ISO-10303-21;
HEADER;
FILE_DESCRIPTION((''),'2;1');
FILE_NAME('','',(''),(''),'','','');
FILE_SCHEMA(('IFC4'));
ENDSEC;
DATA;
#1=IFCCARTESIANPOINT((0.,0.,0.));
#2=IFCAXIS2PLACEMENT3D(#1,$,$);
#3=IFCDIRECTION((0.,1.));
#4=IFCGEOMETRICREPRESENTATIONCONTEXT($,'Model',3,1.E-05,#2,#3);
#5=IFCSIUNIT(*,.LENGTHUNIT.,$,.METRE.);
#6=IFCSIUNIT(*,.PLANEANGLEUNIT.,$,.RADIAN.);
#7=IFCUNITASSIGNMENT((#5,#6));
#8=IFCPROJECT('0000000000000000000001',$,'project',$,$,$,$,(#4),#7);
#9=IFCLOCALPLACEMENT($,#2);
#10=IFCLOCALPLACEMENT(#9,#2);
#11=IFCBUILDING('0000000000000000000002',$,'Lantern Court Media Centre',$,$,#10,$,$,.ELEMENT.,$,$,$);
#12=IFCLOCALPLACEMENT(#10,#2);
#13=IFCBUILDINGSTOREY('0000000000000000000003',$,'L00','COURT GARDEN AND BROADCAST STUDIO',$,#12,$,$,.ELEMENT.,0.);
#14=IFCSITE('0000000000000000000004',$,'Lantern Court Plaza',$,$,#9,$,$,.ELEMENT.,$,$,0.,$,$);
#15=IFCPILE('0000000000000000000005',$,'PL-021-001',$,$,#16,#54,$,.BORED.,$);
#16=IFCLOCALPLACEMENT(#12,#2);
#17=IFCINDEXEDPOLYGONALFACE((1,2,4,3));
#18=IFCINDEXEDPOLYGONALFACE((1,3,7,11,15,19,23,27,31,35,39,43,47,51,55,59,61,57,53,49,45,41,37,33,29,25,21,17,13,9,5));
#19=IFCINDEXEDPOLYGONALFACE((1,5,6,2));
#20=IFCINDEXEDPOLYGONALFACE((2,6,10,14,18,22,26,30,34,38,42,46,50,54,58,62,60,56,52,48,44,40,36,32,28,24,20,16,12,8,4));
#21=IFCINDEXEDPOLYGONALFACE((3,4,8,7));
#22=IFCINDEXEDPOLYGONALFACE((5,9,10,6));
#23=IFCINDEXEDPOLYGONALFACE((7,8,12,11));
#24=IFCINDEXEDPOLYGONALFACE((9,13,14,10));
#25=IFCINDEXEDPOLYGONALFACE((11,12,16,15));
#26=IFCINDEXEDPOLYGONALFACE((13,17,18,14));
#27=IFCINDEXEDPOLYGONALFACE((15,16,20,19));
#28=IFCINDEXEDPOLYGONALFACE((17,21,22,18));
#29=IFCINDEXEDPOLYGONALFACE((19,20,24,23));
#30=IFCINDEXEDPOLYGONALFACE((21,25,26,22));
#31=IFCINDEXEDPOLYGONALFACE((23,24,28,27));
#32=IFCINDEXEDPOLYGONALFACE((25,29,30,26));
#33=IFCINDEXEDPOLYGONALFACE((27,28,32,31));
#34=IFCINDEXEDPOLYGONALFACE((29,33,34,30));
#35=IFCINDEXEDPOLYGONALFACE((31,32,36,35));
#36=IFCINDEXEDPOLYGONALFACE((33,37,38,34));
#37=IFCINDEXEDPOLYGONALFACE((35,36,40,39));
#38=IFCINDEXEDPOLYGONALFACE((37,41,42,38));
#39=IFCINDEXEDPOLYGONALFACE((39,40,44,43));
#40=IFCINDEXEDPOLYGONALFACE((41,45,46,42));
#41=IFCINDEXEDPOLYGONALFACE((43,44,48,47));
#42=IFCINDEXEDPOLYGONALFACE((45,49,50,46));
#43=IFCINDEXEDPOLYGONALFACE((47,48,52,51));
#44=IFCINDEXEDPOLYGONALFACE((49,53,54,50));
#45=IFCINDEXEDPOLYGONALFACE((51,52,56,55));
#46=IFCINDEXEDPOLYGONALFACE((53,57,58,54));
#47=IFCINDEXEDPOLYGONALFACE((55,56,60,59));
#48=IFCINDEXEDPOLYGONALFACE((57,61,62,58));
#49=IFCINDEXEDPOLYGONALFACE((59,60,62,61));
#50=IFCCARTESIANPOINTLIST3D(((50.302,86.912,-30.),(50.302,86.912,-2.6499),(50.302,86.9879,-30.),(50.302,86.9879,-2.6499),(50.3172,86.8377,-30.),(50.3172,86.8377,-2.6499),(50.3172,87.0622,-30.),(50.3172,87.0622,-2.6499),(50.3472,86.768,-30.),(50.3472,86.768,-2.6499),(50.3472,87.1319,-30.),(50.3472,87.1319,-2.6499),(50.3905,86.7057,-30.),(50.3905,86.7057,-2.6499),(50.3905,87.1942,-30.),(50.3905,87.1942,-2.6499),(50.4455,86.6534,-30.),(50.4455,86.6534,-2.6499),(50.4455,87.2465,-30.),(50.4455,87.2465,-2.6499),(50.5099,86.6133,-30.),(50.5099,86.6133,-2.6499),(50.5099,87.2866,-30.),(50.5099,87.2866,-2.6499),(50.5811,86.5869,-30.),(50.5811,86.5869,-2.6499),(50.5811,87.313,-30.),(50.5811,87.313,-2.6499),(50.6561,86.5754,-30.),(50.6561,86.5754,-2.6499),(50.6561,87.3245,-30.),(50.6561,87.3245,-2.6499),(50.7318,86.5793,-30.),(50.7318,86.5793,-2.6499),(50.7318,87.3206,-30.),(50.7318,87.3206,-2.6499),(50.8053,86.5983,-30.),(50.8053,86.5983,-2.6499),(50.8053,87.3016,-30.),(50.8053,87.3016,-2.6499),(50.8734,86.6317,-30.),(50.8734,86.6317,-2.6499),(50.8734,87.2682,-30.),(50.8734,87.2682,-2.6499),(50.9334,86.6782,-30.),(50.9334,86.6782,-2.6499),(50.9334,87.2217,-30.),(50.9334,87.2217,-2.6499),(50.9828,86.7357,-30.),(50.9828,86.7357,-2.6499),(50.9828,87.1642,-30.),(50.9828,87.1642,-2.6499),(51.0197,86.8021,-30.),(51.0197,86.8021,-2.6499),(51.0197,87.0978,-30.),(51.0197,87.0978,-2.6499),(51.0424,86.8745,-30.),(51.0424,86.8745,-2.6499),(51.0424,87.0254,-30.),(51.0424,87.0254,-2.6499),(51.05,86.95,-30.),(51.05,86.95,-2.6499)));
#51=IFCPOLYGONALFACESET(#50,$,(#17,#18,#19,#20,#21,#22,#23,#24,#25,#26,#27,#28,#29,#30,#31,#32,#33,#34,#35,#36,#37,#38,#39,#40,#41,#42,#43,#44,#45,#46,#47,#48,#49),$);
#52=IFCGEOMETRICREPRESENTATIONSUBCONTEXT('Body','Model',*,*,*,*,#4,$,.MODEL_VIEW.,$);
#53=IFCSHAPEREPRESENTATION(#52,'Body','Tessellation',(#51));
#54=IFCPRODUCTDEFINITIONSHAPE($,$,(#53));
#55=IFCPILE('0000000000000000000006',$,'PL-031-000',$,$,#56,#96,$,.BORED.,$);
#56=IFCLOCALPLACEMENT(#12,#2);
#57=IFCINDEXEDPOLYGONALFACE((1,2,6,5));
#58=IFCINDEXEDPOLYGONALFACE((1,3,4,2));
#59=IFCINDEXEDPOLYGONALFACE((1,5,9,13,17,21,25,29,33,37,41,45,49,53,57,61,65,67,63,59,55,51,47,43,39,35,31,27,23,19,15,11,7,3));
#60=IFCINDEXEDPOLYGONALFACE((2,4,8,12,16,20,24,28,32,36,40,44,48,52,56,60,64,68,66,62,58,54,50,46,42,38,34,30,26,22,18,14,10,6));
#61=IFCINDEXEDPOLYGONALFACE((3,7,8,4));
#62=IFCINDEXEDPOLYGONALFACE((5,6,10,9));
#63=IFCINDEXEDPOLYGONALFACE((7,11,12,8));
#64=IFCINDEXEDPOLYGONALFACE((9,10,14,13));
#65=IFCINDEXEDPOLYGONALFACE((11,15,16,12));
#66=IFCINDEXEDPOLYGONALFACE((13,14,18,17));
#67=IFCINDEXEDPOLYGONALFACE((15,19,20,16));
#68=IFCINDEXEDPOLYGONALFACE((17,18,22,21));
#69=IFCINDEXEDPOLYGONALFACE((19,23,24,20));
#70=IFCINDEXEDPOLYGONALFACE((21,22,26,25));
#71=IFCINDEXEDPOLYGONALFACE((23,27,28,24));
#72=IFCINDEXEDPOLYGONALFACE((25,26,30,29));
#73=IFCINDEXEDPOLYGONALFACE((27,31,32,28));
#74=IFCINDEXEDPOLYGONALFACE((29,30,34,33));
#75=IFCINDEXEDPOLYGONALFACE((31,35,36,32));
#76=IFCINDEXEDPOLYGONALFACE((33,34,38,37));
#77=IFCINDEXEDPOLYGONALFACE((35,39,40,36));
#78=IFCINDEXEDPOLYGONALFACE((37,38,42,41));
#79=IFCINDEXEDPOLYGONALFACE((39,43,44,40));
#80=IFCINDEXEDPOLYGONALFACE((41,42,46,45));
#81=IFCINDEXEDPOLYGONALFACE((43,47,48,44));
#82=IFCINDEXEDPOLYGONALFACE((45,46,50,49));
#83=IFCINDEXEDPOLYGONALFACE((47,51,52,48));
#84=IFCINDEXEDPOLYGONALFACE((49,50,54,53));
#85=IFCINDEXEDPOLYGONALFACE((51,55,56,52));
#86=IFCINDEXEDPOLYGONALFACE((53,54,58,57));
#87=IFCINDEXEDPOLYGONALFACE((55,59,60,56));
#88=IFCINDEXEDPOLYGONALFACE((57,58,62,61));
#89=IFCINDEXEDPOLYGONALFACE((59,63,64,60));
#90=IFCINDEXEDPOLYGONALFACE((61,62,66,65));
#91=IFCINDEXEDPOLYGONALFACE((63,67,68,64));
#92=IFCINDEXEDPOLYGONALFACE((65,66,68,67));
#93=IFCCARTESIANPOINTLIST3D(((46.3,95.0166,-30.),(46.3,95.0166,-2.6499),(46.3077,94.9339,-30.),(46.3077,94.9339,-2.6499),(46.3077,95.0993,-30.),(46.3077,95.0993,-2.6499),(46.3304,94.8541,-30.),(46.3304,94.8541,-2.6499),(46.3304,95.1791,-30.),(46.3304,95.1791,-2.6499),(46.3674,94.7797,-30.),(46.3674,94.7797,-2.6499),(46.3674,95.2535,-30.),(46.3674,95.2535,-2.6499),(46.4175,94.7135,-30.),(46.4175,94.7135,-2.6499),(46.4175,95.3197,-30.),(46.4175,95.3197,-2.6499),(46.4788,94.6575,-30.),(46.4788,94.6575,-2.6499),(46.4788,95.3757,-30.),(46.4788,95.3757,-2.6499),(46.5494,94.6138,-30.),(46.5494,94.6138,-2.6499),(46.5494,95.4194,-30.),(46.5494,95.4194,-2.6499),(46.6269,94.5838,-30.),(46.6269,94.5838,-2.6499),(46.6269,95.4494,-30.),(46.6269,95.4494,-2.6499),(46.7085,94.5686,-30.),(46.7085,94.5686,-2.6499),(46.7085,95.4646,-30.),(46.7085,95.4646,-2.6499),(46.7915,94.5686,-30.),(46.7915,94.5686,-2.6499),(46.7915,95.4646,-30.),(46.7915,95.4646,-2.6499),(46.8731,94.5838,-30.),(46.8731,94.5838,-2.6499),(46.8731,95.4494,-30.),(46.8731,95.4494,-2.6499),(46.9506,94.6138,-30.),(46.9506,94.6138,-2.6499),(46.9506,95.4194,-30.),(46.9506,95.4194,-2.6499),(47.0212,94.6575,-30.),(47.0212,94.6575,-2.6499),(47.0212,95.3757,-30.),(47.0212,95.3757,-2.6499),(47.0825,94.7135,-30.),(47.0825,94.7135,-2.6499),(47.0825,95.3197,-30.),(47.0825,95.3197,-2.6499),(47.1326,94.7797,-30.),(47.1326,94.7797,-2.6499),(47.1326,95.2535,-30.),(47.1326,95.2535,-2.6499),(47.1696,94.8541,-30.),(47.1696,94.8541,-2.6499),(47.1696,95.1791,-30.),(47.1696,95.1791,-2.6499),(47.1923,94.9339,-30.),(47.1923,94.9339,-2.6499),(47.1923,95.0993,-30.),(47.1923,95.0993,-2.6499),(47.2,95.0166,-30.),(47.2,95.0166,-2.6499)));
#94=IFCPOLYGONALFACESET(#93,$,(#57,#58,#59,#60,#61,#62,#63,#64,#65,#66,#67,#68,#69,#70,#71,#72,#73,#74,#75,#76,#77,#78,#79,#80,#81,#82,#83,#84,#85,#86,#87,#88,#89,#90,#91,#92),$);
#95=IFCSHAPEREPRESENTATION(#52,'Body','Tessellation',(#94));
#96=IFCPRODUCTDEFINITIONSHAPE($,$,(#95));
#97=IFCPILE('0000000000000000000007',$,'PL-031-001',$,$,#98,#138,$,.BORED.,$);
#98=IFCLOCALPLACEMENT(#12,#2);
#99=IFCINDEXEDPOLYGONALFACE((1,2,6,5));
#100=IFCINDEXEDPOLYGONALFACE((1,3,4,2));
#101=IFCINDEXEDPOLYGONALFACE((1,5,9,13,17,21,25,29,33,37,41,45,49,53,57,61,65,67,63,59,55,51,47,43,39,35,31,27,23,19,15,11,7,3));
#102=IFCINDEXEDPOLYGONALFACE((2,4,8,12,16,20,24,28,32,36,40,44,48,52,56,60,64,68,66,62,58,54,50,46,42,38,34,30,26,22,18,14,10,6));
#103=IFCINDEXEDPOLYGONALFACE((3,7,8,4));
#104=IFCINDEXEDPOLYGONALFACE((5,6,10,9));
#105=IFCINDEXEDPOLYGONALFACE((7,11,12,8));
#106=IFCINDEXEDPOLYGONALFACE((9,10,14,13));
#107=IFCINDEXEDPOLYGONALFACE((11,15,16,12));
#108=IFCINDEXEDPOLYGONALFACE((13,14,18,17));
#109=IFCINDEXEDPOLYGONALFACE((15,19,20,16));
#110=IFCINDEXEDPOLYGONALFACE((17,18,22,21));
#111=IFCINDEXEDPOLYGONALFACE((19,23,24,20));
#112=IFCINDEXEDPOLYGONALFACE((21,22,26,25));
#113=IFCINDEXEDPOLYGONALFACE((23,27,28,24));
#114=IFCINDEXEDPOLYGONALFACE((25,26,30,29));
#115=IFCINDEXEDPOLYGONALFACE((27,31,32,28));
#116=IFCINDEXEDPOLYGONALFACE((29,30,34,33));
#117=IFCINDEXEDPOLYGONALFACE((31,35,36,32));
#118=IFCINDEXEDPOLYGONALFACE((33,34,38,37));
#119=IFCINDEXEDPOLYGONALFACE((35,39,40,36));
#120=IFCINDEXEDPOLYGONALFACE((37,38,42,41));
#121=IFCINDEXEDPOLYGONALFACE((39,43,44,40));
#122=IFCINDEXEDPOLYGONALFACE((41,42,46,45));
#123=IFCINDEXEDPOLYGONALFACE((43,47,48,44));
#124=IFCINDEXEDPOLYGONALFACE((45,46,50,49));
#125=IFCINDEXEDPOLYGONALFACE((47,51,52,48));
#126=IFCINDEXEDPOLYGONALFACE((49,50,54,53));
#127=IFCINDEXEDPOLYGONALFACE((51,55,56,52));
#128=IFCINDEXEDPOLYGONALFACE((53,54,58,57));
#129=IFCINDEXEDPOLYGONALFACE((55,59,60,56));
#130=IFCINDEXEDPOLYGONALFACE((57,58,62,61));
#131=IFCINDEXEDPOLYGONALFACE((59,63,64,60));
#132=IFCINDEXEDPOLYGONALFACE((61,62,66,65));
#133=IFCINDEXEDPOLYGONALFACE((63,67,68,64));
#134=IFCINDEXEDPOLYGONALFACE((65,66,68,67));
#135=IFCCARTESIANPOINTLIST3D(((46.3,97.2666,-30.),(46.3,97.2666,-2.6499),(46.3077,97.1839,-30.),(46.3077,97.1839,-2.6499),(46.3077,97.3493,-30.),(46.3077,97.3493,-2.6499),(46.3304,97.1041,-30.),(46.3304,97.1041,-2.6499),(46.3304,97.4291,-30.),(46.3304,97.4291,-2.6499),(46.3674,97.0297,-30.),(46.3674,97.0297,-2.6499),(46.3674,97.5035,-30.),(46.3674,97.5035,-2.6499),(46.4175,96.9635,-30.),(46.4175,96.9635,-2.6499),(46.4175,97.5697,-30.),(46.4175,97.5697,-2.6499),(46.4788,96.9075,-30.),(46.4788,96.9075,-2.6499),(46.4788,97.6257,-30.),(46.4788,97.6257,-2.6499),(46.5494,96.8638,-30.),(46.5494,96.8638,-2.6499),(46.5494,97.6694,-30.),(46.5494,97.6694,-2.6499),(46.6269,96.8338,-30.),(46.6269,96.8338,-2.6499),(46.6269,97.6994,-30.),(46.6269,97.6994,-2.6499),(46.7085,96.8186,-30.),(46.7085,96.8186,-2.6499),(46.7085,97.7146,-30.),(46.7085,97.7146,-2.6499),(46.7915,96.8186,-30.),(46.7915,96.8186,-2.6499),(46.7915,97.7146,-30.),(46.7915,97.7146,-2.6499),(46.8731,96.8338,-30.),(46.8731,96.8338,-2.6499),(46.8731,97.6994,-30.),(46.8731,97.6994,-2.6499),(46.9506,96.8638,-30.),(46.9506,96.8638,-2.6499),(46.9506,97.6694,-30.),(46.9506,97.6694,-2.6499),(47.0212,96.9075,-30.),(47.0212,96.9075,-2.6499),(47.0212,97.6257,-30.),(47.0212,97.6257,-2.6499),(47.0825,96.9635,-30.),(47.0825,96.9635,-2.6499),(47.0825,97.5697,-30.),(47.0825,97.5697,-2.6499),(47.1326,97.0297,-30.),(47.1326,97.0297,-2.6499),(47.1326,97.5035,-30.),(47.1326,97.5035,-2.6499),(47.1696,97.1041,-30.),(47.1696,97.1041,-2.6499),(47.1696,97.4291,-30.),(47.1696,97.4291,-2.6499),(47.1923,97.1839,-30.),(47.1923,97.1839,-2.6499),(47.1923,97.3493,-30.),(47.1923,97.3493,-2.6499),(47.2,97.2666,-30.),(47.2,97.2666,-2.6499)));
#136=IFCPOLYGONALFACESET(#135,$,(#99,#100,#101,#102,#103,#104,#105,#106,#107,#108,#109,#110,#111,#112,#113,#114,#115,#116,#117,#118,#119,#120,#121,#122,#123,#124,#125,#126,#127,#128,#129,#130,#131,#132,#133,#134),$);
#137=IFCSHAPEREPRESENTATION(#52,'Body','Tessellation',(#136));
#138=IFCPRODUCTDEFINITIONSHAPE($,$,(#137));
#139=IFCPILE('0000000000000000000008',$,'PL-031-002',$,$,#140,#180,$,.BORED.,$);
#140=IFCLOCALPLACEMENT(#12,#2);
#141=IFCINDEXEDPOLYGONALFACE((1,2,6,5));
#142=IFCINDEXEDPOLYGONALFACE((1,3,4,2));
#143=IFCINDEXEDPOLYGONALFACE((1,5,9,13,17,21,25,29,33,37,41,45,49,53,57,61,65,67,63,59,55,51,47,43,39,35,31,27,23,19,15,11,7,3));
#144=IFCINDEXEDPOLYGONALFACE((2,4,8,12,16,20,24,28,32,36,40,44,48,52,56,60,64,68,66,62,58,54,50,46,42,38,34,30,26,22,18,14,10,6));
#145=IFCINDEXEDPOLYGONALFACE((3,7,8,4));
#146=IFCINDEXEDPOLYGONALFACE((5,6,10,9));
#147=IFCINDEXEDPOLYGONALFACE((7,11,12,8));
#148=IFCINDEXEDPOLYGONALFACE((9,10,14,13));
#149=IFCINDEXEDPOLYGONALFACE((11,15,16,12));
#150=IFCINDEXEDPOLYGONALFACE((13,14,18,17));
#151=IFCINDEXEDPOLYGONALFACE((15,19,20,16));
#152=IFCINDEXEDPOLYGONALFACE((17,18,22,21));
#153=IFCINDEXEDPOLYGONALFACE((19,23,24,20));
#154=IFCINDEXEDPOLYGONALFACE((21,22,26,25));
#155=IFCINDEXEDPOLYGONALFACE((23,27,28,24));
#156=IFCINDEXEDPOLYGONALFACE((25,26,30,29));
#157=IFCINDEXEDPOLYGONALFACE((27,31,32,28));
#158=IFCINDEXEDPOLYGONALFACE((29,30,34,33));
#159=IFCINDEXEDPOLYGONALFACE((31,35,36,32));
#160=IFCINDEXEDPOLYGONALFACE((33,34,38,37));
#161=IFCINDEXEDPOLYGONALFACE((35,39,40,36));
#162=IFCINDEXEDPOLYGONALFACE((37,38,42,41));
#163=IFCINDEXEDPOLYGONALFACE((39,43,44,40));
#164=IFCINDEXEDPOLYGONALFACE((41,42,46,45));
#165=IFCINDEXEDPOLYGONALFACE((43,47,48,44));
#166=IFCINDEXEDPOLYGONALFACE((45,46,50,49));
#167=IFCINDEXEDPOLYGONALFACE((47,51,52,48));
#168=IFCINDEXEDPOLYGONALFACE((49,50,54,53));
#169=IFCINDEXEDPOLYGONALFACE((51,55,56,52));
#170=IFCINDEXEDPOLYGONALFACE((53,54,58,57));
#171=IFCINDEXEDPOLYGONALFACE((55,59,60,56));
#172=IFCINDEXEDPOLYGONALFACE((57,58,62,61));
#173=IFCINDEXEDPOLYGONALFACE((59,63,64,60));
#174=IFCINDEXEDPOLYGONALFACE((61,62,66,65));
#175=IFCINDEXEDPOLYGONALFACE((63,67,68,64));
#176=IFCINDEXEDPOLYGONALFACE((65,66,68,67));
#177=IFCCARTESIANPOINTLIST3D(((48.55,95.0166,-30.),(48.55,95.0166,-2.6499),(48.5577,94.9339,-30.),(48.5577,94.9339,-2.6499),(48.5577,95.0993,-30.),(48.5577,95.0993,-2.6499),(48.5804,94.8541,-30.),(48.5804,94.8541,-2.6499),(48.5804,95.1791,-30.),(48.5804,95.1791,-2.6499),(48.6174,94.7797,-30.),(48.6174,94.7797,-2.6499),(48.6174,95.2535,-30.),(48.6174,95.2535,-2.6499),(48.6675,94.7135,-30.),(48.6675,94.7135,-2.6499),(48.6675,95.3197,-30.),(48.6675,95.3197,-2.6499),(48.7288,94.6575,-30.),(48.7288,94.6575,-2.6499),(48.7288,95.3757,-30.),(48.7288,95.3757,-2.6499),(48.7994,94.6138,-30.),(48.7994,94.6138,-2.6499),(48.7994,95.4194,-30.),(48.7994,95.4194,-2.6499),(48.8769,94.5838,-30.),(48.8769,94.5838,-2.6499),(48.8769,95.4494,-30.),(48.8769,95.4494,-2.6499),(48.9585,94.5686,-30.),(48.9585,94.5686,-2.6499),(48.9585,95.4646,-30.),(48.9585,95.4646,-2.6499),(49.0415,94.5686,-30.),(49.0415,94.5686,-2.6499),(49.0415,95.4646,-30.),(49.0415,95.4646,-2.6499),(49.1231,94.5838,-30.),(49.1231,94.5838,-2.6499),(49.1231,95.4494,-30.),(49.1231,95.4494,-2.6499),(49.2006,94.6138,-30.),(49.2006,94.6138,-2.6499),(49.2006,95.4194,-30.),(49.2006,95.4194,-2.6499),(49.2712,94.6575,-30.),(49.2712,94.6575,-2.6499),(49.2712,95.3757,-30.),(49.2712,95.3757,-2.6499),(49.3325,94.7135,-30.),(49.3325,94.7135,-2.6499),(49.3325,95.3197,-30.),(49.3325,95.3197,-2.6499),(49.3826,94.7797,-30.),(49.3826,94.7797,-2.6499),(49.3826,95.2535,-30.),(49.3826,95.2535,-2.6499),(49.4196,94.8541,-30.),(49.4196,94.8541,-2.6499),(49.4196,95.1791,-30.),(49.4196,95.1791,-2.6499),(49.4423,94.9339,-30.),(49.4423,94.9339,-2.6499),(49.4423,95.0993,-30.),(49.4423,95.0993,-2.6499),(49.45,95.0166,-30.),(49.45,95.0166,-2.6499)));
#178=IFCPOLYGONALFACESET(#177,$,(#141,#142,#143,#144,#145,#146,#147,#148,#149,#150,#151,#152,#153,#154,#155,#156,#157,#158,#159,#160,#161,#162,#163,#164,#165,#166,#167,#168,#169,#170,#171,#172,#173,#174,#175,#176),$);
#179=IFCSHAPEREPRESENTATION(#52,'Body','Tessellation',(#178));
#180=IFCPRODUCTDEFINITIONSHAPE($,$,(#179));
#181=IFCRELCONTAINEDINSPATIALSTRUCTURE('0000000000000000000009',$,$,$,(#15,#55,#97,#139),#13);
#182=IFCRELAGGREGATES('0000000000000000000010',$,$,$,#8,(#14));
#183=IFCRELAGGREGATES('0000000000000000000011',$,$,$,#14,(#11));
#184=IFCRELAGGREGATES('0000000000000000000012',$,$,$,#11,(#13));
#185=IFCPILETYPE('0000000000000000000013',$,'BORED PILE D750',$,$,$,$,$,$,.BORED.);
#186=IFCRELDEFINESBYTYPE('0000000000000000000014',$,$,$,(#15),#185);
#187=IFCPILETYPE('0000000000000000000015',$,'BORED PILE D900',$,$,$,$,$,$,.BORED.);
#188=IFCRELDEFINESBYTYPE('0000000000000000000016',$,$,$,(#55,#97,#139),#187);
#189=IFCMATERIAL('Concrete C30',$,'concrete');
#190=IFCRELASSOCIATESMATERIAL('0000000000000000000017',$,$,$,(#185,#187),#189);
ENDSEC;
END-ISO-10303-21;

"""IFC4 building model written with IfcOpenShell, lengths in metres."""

from ifc_helpers import new_model, si_unit, direction, frame, origin, origin_2d, place, context, subcontext, project, spatial, circle, extrude, material, material_profile, profile_set, type_object, element, save


model = new_model("IFC4")

# Units and contexts
model_context = context("Model", 3, precision=1e-05, world=origin(), true_north=direction((0.0, 1.0)))
body_context = subcontext(model_context, "Body", "Model", "MODEL_VIEW")
ifc_project = project(units=[si_unit("LENGTHUNIT", "METRE"), si_unit("PLANEANGLEUNIT", "RADIAN")], contexts=[model_context])

# Site, building, storey
site_placement = place(None, origin())
site = spatial("IfcSite", under=ifc_project, at=site_placement, Name="Lantern Court Plaza", CompositionType="ELEMENT", RefElevation=0.0)
building_placement = place(site_placement, origin())
building = spatial("IfcBuilding", under=site, at=building_placement, Name="Lantern Court Media Centre", CompositionType="ELEMENT")
storey_placement = place(building_placement, origin())
storey = spatial("IfcBuildingStorey", under=building, at=storey_placement, Name="L00", Description="COURT GARDEN AND BROADCAST STUDIO", CompositionType="ELEMENT", Elevation=0.0)

# Piles
ifc_material_1 = material(Name="Concrete C30", Category="concrete")
ifc_material_profile_1 = material_profile(ifc_material_1, circle(Radius=0.375, at=origin_2d()), Name="D750")
ifc_profile_set_1 = profile_set([ifc_material_profile_1], Name="Concrete C30")
pile_type_1 = type_object("IfcPileType", Name="BORED PILE D750", PredefinedType="BORED", material=ifc_profile_set_1)
pile_placement = place(storey_placement, frame((50.675, 86.95, -2.6499), z_axis=(0.0, 0.0, -1.0), x_axis=(1.0, 0.0, 0.0)))
element("IfcPile", 1, at=pile_placement, inside=storey, type_object=pile_type_1, Name="PL-021-001", PredefinedType="BORED", context=body_context, shape_type="SweptSolid", body=[
    extrude(circle(Radius=0.375, at=origin_2d()), origin(), (0.0, 0.0, 1.0), 27.3501),
])
ifc_material_profile_2 = material_profile(ifc_material_1, circle(Radius=0.45, at=origin_2d()), Name="D900")
ifc_profile_set_2 = profile_set([ifc_material_profile_2], Name="Concrete C30")
pile_type_2 = type_object("IfcPileType", Name="BORED PILE D900", PredefinedType="BORED", material=ifc_profile_set_2)
for number, where, z_axis, x_axis, name in (
    (2, (46.75, 95.0166, -2.6499), (0.0, 0.0, -1.0), (1.0, 0.0, 0.0), "PL-031-000"),
    (3, (46.75, 97.2666, -2.6499), (0.0, 0.0, -1.0), (1.0, 0.0, 0.0), "PL-031-001"),
    (4, (49.0, 95.0166, -2.6499), (0.0, 0.0, -1.0), (1.0, 0.0, 0.0), "PL-031-002"),
):
    element("IfcPile", number, at=place(storey_placement, frame(where, z_axis=z_axis, x_axis=x_axis)), inside=storey, type_object=pile_type_2, Name=name, PredefinedType="BORED", context=body_context, shape_type="SweptSolid", body=[
        extrude(circle(Radius=0.45, at=origin_2d()), origin(), (0.0, 0.0, 1.0), 27.3501),
    ])

save(model, "model.ifc")
